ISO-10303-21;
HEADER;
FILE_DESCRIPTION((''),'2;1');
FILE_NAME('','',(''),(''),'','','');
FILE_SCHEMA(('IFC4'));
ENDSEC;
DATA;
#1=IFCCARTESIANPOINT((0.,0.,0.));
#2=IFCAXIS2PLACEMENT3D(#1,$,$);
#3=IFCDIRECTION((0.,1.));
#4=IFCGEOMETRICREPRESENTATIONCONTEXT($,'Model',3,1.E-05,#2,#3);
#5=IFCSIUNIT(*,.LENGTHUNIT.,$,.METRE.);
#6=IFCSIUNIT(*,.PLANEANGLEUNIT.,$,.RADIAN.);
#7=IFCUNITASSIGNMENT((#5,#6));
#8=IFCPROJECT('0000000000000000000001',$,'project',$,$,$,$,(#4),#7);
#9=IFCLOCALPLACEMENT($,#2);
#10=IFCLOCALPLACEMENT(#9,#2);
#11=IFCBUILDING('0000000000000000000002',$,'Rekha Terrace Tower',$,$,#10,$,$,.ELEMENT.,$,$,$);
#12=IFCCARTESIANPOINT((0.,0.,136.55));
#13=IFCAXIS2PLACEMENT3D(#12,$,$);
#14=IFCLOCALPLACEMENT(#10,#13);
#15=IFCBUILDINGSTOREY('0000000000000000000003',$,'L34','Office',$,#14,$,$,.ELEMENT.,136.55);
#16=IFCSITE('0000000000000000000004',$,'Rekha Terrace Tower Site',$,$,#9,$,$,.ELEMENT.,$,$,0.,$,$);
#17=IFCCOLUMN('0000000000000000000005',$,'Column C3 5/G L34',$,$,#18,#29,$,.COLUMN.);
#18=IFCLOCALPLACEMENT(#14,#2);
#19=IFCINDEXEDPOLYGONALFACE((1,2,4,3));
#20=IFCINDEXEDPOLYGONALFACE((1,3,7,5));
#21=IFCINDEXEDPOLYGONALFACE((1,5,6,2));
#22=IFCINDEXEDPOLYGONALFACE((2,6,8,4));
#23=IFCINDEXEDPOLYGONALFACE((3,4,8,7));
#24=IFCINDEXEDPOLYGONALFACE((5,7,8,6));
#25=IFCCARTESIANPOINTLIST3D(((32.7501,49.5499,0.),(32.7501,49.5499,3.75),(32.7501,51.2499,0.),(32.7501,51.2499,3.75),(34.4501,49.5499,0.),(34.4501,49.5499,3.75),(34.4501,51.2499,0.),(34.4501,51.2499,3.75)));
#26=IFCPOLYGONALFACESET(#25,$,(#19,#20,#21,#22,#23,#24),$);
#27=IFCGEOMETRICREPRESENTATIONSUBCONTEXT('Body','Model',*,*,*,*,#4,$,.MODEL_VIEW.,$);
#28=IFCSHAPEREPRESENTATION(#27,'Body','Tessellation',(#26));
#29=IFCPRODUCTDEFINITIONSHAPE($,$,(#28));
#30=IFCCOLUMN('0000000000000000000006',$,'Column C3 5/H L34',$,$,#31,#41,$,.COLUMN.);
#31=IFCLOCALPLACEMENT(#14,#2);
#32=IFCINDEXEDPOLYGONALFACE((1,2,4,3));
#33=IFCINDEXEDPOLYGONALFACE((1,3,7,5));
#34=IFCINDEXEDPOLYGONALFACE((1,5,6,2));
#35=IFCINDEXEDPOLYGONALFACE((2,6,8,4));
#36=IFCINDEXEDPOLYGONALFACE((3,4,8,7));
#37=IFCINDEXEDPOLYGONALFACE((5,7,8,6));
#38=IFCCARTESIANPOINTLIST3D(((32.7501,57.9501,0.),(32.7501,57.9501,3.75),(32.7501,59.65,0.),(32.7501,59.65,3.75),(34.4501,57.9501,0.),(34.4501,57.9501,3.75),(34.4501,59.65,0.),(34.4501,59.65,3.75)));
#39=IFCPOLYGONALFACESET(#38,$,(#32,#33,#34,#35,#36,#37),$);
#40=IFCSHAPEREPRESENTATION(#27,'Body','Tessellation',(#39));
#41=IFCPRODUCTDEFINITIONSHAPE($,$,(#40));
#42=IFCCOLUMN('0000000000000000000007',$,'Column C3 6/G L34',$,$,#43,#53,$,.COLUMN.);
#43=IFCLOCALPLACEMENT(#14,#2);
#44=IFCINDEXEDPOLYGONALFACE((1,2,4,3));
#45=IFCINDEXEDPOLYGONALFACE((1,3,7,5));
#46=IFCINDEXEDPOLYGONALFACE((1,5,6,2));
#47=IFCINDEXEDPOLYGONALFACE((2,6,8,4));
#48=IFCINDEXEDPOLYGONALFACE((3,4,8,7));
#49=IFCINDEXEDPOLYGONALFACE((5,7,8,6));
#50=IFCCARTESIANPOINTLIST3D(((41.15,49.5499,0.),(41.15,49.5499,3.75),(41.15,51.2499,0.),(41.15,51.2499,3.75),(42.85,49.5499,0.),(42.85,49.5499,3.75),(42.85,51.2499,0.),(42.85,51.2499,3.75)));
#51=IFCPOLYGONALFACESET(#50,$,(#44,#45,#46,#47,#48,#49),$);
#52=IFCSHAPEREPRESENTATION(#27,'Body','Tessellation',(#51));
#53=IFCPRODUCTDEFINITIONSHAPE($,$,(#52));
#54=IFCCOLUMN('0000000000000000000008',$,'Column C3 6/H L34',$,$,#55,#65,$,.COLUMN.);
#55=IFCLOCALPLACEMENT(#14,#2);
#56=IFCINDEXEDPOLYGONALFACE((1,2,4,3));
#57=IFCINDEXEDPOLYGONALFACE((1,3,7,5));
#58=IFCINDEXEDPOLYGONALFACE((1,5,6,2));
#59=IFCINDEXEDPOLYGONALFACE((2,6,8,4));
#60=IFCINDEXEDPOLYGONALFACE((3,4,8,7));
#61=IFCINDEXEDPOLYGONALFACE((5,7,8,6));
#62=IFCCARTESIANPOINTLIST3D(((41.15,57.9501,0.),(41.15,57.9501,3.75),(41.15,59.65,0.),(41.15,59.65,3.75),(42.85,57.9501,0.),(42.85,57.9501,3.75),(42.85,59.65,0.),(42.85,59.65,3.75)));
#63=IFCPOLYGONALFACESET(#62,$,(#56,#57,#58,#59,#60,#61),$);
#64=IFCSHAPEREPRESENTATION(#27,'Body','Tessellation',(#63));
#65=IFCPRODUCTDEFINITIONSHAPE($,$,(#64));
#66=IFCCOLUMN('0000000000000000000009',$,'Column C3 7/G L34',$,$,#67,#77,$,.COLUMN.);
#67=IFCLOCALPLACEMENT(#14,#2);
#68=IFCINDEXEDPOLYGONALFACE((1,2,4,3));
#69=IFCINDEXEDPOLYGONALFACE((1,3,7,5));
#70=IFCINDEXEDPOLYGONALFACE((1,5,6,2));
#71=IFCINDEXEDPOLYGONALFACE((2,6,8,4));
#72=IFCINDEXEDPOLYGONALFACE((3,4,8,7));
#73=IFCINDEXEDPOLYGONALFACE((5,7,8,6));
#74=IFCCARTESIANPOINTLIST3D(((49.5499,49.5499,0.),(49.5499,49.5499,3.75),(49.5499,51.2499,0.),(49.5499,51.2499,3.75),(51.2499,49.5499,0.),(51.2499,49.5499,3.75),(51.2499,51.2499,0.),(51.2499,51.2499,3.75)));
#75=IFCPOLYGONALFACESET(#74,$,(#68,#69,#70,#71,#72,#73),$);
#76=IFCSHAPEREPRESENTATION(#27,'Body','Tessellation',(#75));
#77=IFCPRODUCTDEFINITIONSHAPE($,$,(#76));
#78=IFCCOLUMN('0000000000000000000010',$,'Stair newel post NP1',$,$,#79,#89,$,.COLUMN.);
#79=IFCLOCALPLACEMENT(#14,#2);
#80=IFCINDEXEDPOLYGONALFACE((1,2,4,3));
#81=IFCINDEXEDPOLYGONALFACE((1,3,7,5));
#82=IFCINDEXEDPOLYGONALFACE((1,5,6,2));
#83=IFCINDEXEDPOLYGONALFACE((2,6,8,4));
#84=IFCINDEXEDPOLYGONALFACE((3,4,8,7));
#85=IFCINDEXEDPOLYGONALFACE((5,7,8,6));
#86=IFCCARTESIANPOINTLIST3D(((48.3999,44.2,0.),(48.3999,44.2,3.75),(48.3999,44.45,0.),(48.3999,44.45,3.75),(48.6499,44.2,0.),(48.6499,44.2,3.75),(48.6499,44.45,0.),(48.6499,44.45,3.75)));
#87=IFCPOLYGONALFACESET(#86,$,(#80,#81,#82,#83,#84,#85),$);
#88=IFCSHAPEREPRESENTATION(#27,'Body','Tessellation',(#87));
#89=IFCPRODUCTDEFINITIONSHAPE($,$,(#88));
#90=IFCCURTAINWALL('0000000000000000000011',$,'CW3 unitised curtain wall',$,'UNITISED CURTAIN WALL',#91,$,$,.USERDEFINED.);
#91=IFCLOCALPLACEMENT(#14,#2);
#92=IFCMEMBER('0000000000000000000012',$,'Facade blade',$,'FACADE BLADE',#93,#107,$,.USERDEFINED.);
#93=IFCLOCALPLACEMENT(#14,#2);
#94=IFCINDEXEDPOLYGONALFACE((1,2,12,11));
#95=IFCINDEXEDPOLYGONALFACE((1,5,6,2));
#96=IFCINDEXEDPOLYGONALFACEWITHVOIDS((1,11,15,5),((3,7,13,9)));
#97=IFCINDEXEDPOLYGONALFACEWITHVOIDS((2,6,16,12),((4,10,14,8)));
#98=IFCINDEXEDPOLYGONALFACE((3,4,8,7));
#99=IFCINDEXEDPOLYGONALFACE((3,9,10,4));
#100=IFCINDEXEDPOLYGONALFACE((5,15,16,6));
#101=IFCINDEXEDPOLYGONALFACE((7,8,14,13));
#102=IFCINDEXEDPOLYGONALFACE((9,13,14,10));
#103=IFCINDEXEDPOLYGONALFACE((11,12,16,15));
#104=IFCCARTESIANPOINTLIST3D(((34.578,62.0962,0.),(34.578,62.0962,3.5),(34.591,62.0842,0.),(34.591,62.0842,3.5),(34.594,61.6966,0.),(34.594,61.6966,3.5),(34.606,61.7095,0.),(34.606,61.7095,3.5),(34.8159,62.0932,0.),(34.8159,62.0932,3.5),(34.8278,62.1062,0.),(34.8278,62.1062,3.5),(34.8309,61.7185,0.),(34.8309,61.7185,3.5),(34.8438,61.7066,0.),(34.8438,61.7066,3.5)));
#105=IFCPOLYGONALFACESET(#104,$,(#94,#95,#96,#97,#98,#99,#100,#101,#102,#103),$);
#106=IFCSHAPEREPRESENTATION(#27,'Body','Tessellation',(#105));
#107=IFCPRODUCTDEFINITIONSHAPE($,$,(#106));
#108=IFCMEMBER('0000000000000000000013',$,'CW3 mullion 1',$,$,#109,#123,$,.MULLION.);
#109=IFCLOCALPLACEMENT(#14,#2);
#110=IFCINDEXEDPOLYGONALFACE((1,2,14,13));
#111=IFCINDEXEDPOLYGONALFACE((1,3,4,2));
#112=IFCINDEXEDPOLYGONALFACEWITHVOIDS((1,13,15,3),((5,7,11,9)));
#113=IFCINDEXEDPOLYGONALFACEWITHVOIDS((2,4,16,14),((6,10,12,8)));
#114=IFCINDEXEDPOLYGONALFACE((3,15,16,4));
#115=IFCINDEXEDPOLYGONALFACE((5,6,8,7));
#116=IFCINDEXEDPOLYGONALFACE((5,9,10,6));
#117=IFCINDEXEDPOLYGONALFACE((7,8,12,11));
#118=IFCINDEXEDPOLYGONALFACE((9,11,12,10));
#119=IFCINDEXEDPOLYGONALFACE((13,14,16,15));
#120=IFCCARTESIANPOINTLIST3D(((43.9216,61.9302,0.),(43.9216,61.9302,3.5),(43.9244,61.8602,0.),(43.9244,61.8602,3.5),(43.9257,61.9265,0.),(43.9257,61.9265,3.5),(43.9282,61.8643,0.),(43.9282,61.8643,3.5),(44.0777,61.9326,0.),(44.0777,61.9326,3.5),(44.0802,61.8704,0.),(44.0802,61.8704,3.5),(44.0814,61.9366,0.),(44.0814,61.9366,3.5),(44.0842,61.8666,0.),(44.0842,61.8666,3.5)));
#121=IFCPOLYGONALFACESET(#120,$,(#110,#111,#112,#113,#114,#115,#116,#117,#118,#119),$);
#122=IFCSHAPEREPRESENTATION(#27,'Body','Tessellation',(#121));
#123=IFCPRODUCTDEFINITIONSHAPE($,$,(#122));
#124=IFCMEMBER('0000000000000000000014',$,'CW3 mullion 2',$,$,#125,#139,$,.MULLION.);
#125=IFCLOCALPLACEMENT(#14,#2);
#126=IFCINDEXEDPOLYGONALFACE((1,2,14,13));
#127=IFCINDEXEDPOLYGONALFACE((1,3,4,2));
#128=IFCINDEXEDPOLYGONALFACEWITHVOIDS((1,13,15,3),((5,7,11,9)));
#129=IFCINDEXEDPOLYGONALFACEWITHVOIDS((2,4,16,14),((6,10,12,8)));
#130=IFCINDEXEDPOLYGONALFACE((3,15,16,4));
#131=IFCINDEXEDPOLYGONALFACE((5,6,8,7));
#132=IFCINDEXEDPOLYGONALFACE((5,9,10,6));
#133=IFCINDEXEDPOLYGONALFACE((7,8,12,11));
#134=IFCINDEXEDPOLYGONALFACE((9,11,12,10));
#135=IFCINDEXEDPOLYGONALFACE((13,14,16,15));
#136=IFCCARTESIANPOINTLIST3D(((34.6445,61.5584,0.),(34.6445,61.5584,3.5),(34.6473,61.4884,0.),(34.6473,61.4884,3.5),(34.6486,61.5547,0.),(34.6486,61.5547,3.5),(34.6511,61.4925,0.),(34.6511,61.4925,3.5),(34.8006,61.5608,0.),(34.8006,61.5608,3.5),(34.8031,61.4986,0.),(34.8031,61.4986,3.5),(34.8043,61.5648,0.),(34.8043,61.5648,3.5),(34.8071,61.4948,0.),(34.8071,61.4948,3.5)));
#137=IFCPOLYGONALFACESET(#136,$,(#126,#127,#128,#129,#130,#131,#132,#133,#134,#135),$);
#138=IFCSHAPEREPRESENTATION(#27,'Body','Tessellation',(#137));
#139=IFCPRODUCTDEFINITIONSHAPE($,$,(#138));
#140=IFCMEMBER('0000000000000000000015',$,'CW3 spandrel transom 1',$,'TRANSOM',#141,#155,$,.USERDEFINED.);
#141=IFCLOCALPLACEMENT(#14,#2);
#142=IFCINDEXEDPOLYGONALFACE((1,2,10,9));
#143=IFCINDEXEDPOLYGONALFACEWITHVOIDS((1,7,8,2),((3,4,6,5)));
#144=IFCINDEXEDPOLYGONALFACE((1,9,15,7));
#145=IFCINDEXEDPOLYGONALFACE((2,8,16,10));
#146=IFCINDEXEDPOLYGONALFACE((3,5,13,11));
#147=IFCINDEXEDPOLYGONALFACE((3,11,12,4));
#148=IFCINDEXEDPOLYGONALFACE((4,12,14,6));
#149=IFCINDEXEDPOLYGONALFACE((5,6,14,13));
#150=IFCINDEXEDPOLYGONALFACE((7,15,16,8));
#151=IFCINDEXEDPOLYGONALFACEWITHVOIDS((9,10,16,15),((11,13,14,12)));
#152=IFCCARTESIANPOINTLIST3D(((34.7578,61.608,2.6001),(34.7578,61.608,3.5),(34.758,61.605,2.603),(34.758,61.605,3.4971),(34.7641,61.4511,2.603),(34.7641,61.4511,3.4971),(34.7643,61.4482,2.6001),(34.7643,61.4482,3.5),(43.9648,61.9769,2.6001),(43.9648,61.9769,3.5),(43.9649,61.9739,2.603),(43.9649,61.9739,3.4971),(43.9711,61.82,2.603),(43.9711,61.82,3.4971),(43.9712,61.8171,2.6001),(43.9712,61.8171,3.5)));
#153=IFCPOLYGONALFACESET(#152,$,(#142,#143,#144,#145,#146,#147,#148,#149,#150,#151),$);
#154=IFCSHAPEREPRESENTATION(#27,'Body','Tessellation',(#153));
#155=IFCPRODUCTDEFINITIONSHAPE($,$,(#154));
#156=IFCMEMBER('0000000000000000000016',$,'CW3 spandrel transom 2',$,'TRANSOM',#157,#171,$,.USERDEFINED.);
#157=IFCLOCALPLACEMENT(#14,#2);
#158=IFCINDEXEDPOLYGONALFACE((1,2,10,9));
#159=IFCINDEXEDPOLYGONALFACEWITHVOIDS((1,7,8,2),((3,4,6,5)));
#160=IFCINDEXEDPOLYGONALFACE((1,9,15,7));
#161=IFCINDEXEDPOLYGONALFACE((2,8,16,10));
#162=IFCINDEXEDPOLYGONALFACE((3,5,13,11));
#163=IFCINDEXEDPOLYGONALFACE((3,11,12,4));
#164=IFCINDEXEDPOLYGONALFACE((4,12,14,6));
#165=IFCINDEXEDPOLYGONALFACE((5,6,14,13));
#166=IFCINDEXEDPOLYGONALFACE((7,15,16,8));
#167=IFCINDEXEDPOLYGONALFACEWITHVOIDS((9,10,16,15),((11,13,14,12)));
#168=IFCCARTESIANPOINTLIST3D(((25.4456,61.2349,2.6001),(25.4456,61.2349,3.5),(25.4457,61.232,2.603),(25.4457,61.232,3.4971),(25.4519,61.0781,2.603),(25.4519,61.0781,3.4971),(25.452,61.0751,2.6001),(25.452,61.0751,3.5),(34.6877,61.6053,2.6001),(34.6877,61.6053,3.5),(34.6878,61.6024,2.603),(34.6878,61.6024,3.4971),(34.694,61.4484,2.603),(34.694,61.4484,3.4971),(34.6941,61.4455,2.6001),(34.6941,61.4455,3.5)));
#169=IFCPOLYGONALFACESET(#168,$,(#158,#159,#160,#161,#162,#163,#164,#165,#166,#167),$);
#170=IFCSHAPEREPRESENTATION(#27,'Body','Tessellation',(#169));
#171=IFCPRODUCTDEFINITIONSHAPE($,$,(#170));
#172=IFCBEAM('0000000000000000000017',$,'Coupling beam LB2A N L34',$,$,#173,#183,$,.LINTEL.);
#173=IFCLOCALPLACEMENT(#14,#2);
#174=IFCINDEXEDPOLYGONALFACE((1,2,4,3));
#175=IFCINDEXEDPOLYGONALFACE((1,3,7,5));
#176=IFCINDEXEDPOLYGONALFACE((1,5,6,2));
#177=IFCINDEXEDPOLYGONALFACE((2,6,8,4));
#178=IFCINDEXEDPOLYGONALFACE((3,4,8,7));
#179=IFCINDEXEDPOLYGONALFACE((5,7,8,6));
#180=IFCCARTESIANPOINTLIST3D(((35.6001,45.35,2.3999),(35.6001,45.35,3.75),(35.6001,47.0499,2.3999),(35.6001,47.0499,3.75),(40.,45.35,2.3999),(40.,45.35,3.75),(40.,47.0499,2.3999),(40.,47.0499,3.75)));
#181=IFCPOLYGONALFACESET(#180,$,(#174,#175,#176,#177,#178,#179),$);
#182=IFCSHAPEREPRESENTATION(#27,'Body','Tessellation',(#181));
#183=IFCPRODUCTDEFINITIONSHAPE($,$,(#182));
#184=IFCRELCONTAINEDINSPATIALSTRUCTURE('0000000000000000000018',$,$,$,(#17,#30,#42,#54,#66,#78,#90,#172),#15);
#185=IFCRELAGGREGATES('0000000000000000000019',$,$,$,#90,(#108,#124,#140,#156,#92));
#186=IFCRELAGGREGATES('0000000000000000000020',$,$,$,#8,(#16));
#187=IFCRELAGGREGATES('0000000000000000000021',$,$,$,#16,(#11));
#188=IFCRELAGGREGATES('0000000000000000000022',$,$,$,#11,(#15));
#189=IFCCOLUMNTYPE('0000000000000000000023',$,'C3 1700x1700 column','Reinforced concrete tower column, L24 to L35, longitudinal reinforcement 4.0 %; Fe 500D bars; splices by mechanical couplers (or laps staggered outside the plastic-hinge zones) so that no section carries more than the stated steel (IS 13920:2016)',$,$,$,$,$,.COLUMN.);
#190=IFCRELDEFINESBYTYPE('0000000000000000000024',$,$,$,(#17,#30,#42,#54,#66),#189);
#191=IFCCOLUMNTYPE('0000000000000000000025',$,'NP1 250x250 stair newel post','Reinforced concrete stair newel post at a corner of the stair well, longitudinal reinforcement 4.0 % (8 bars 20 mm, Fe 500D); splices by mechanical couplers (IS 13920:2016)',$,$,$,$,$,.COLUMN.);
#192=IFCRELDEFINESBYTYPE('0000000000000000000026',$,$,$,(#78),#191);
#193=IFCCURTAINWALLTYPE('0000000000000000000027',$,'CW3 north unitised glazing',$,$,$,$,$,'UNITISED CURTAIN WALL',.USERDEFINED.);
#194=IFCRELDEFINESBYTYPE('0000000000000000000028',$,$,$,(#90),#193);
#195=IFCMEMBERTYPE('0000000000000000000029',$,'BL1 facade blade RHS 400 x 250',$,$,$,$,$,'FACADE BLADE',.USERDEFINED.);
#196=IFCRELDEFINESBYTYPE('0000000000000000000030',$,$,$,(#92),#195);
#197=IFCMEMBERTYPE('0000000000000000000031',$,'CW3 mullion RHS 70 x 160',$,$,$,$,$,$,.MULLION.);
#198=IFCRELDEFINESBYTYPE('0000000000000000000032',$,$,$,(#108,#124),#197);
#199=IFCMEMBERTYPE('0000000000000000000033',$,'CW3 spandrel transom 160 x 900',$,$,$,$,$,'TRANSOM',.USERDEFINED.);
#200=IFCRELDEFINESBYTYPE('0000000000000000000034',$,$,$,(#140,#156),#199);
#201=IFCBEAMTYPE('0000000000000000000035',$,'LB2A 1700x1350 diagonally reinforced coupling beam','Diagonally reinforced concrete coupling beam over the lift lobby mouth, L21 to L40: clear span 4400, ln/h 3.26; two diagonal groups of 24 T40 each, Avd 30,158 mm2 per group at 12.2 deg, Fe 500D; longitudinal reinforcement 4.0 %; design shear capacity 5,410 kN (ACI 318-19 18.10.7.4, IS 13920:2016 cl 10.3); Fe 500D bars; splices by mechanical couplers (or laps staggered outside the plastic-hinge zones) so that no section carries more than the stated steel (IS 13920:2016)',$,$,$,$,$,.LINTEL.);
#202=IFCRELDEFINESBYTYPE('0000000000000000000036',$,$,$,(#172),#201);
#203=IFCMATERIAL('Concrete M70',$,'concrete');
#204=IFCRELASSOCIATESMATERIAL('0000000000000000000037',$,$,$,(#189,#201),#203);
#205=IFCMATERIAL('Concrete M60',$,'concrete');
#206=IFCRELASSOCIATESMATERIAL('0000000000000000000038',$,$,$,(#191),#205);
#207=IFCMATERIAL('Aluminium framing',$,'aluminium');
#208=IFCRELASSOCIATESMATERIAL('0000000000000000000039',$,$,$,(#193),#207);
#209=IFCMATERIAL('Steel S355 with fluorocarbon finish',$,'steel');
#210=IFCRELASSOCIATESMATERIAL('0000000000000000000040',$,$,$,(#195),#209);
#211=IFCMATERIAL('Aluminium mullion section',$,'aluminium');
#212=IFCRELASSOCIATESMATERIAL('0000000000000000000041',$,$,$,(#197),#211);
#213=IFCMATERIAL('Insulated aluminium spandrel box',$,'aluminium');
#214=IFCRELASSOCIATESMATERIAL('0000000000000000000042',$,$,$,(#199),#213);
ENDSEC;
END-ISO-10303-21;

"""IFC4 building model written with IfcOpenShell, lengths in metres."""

from ifc_helpers import new_model, si_unit, direction, frame, origin, origin_2d, place, context, subcontext, project, spatial, rectangle, hollow_rectangle, extrude, material, material_profile, profile_set, type_object, element, aggregate, save


model = new_model("IFC4")

# Units and contexts
model_context = context("Model", 3, precision=1e-05, world=origin(), true_north=direction((0.0, 1.0)))
body_context = subcontext(model_context, "Body", "Model", "MODEL_VIEW")
ifc_project = project(units=[si_unit("LENGTHUNIT", "METRE"), si_unit("PLANEANGLEUNIT", "RADIAN")], contexts=[model_context])

# Site, building, storey
site_placement = place(None, origin())
site = spatial("IfcSite", under=ifc_project, at=site_placement, Name="Rekha Terrace Tower Site", CompositionType="ELEMENT", RefElevation=0.0)
building_placement = place(site_placement, origin())
building = spatial("IfcBuilding", under=site, at=building_placement, Name="Rekha Terrace Tower", CompositionType="ELEMENT")
storey_placement = place(building_placement, frame((0.0, 0.0, 136.55)))
storey = spatial("IfcBuildingStorey", under=building, at=storey_placement, Name="L34", Description="Office", CompositionType="ELEMENT", Elevation=136.55)

# Columns
ifc_material_1 = material(Name="Concrete M70", Category="concrete")
ifc_material_profile_1 = material_profile(ifc_material_1, rectangle(XDim=1.7, YDim=1.7, at=origin_2d()), Name="RC 1700x1700")
ifc_profile_set_1 = profile_set([ifc_material_profile_1], Name="Concrete M70")
column_type_1 = type_object("IfcColumnType", Name="C3 1700x1700 column", Description="Reinforced concrete tower column, L24 to L35, longitudinal reinforcement 4.0 %; Fe 500D bars; splices by mechanical couplers (or laps staggered outside the plastic-hinge zones) so that no section carries more than the stated steel (IS 13920:2016)", PredefinedType="COLUMN", material=ifc_profile_set_1)
for number, where, z_axis, x_axis, name in (
    (1, (33.6001, 50.3999, 0.0), (0.0, 0.0, 1.0), (1.0, 0.0, 0.0), "Column C3 5/G L34"),
    (2, (33.6001, 58.8, 0.0), (0.0, 0.0, 1.0), (1.0, 0.0, 0.0), "Column C3 5/H L34"),
    (3, (42.0, 50.3999, 0.0), (0.0, 0.0, 1.0), (1.0, 0.0, 0.0), "Column C3 6/G L34"),
    (4, (42.0, 58.8, 0.0), (0.0, 0.0, 1.0), (1.0, 0.0, 0.0), "Column C3 6/H L34"),
    (5, (50.3999, 50.3999, 0.0), (0.0, 0.0, 1.0), (1.0, 0.0, 0.0), "Column C3 7/G L34"),
):
    element("IfcColumn", number, at=place(storey_placement, frame(where, z_axis=z_axis, x_axis=x_axis)), inside=storey, type_object=column_type_1, Name=name, PredefinedType="COLUMN", context=body_context, shape_type="SweptSolid", body=[
        extrude(rectangle(XDim=1.7, YDim=1.7, at=origin_2d()), origin(), (0.0, 0.0, 1.0), 3.75),
    ])
ifc_material_2 = material(Name="Concrete M60", Category="concrete")
ifc_material_profile_2 = material_profile(ifc_material_2, rectangle(XDim=0.25, YDim=0.25, at=origin_2d()), Name="RC 250x250")
ifc_profile_set_2 = profile_set([ifc_material_profile_2], Name="Concrete M60")
column_type_2 = type_object("IfcColumnType", Name="NP1 250x250 stair newel post", Description="Reinforced concrete stair newel post at a corner of the stair well, longitudinal reinforcement 4.0 % (8 bars 20 mm, Fe 500D); splices by mechanical couplers (IS 13920:2016)", PredefinedType="COLUMN", material=ifc_profile_set_2)
column_placement = place(storey_placement, frame((48.5249, 44.325, 0.0), z_axis=(0.0, 0.0, 1.0), x_axis=(1.0, 0.0, 0.0)))
element("IfcColumn", 6, at=column_placement, inside=storey, type_object=column_type_2, Name="Stair newel post NP1", PredefinedType="COLUMN", context=body_context, shape_type="SweptSolid", body=[
    extrude(rectangle(XDim=0.25, YDim=0.25, at=origin_2d()), origin(), (0.0, 0.0, 1.0), 3.75),
])

# Curtain wall, members
ifc_material_3 = material(Name="Aluminium framing", Category="aluminium")
curtain_wall_type = type_object("IfcCurtainWallType", Name="CW3 north unitised glazing", ElementType="UNITISED CURTAIN WALL", PredefinedType="USERDEFINED", material=ifc_material_3)
curtain_wall_1_placement = place(storey_placement, origin())
curtain_wall_1 = element("IfcCurtainWall", 7, at=curtain_wall_1_placement, inside=storey, type_object=curtain_wall_type, Name="CW3 unitised curtain wall", ObjectType="UNITISED CURTAIN WALL", PredefinedType="USERDEFINED")
ifc_material_4 = material(Name="Steel S355 with fluorocarbon finish", Category="steel")
ifc_material_profile_3 = material_profile(ifc_material_4, hollow_rectangle(XDim=0.25, YDim=0.3999, WallThickness=0.0125, at=origin_2d()), Name="RHS400x250x12.5")
ifc_profile_set_3 = profile_set([ifc_material_profile_3], Name="Steel S355 with fluorocarbon finish")
member_type_1 = type_object("IfcMemberType", Name="BL1 facade blade RHS 400 x 250", ElementType="FACADE BLADE", PredefinedType="USERDEFINED", material=ifc_profile_set_3)
member_1_placement = place(storey_placement, frame((34.7109, 61.9014, 0.0), z_axis=(0.0, 0.0, 1.0), x_axis=(-0.999198, -0.040032, 0.0)))
member_1 = element("IfcMember", 8, at=member_1_placement, type_object=member_type_1, Name="Facade blade", ObjectType="FACADE BLADE", PredefinedType="USERDEFINED", context=body_context, shape_type="SweptSolid", body=[
    extrude(hollow_rectangle(XDim=0.25, YDim=0.3999, WallThickness=0.0125, at=origin_2d()), origin(), (0.0, 0.0, 1.0), 3.5),
])
ifc_material_5 = material(Name="Aluminium mullion section", Category="aluminium")
ifc_material_profile_4 = material_profile(ifc_material_5, hollow_rectangle(XDim=0.0701, YDim=0.1599, WallThickness=0.0039, at=origin_2d()), Name="AL RHS 70x160")
ifc_profile_set_4 = profile_set([ifc_material_profile_4], Name="Aluminium mullion section")
member_type_2 = type_object("IfcMemberType", Name="CW3 mullion RHS 70 x 160", PredefinedType="MULLION", material=ifc_profile_set_4)
member_2_placement = place(storey_placement, frame((44.0029, 61.8984, 0.0), z_axis=(0.0, 0.0, 1.0), x_axis=(0.040032, -0.999198, 0.0)))
member_2 = element("IfcMember", 9, at=member_2_placement, type_object=member_type_2, Name="CW3 mullion 1", PredefinedType="MULLION", context=body_context, shape_type="SweptSolid", body=[
    extrude(hollow_rectangle(XDim=0.0701, YDim=0.1599, WallThickness=0.0039, at=origin_2d()), origin(), (0.0, 0.0, 1.0), 3.5),
])
member_3_placement = place(storey_placement, frame((34.7258, 61.5266, 0.0), z_axis=(0.0, 0.0, 1.0), x_axis=(0.040032, -0.999198, 0.0)))
member_3 = element("IfcMember", 10, at=member_3_placement, type_object=member_type_2, Name="CW3 mullion 2", PredefinedType="MULLION", context=body_context, shape_type="SweptSolid", body=[
    extrude(hollow_rectangle(XDim=0.0701, YDim=0.1599, WallThickness=0.0039, at=origin_2d()), origin(), (0.0, 0.0, 1.0), 3.5),
])
ifc_material_6 = material(Name="Insulated aluminium spandrel box", Category="aluminium")
ifc_material_profile_5 = material_profile(ifc_material_6, hollow_rectangle(XDim=0.1599, YDim=0.8999, WallThickness=0.0029, at=origin_2d()), Name="AL SPANDREL BOX 160x900")
ifc_profile_set_5 = profile_set([ifc_material_profile_5], Name="Insulated aluminium spandrel box")
member_type_3 = type_object("IfcMemberType", Name="CW3 spandrel transom 160 x 900", ElementType="TRANSOM", PredefinedType="USERDEFINED", material=ifc_profile_set_5)
member_4_placement = place(storey_placement, frame((43.968, 61.897, 3.05), z_axis=(-0.999198, -0.040035, 0.0), x_axis=(0.040035, -0.999198, 0.0)))
member_4 = element("IfcMember", 11, at=member_4_placement, type_object=member_type_3, Name="CW3 spandrel transom 1", ObjectType="TRANSOM", PredefinedType="USERDEFINED", context=body_context, shape_type="SweptSolid", body=[
    extrude(hollow_rectangle(XDim=0.1599, YDim=0.8999, WallThickness=0.0029, at=origin_2d()), origin(), (0.0, 0.0, 1.0), 9.2144),
])
member_5_placement = place(storey_placement, frame((34.6909, 61.5254, 3.05), z_axis=(-0.999198, -0.040041, 0.0), x_axis=(0.040041, -0.999198, 0.0)))
member_5 = element("IfcMember", 12, at=member_5_placement, type_object=member_type_3, Name="CW3 spandrel transom 2", ObjectType="TRANSOM", PredefinedType="USERDEFINED", context=body_context, shape_type="SweptSolid", body=[
    extrude(hollow_rectangle(XDim=0.1599, YDim=0.8999, WallThickness=0.0029, at=origin_2d()), origin(), (0.0, 0.0, 1.0), 9.2495),
])

# Beam
ifc_material_profile_6 = material_profile(ifc_material_1, rectangle(XDim=1.7, YDim=1.3501, at=origin_2d()), Name="RC 1700x1350")
ifc_profile_set_6 = profile_set([ifc_material_profile_6], Name="Concrete M70")
beam_type = type_object("IfcBeamType", Name="LB2A 1700x1350 diagonally reinforced coupling beam", Description="Diagonally reinforced concrete coupling beam over the lift lobby mouth, L21 to L40: clear span 4400, ln/h 3.26; two diagonal groups of 24 T40 each, Avd 30,158 mm2 per group at 12.2 deg, Fe 500D; longitudinal reinforcement 4.0 %; design shear capacity 5,410 kN (ACI 318-19 18.10.7.4, IS 13920:2016 cl 10.3); Fe 500D bars; splices by mechanical couplers (or laps staggered outside the plastic-hinge zones) so that no section carries more than the stated steel (IS 13920:2016)", PredefinedType="LINTEL", material=ifc_profile_set_6)
beam_placement = place(storey_placement, frame((35.6001, 46.2, 3.075), z_axis=(1.0, 0.0, 0.0), x_axis=(0.0, 1.0, 0.0)))
element("IfcBeam", 13, at=beam_placement, inside=storey, type_object=beam_type, Name="Coupling beam LB2A N L34", PredefinedType="LINTEL", context=body_context, shape_type="SweptSolid", body=[
    extrude(rectangle(XDim=1.7, YDim=1.3501, at=origin_2d()), origin(), (0.0, 0.0, 1.0), 4.3999),
])

aggregate(curtain_wall_1, [member_2, member_3, member_4, member_5, member_1])

save(model, "model.ifc")
